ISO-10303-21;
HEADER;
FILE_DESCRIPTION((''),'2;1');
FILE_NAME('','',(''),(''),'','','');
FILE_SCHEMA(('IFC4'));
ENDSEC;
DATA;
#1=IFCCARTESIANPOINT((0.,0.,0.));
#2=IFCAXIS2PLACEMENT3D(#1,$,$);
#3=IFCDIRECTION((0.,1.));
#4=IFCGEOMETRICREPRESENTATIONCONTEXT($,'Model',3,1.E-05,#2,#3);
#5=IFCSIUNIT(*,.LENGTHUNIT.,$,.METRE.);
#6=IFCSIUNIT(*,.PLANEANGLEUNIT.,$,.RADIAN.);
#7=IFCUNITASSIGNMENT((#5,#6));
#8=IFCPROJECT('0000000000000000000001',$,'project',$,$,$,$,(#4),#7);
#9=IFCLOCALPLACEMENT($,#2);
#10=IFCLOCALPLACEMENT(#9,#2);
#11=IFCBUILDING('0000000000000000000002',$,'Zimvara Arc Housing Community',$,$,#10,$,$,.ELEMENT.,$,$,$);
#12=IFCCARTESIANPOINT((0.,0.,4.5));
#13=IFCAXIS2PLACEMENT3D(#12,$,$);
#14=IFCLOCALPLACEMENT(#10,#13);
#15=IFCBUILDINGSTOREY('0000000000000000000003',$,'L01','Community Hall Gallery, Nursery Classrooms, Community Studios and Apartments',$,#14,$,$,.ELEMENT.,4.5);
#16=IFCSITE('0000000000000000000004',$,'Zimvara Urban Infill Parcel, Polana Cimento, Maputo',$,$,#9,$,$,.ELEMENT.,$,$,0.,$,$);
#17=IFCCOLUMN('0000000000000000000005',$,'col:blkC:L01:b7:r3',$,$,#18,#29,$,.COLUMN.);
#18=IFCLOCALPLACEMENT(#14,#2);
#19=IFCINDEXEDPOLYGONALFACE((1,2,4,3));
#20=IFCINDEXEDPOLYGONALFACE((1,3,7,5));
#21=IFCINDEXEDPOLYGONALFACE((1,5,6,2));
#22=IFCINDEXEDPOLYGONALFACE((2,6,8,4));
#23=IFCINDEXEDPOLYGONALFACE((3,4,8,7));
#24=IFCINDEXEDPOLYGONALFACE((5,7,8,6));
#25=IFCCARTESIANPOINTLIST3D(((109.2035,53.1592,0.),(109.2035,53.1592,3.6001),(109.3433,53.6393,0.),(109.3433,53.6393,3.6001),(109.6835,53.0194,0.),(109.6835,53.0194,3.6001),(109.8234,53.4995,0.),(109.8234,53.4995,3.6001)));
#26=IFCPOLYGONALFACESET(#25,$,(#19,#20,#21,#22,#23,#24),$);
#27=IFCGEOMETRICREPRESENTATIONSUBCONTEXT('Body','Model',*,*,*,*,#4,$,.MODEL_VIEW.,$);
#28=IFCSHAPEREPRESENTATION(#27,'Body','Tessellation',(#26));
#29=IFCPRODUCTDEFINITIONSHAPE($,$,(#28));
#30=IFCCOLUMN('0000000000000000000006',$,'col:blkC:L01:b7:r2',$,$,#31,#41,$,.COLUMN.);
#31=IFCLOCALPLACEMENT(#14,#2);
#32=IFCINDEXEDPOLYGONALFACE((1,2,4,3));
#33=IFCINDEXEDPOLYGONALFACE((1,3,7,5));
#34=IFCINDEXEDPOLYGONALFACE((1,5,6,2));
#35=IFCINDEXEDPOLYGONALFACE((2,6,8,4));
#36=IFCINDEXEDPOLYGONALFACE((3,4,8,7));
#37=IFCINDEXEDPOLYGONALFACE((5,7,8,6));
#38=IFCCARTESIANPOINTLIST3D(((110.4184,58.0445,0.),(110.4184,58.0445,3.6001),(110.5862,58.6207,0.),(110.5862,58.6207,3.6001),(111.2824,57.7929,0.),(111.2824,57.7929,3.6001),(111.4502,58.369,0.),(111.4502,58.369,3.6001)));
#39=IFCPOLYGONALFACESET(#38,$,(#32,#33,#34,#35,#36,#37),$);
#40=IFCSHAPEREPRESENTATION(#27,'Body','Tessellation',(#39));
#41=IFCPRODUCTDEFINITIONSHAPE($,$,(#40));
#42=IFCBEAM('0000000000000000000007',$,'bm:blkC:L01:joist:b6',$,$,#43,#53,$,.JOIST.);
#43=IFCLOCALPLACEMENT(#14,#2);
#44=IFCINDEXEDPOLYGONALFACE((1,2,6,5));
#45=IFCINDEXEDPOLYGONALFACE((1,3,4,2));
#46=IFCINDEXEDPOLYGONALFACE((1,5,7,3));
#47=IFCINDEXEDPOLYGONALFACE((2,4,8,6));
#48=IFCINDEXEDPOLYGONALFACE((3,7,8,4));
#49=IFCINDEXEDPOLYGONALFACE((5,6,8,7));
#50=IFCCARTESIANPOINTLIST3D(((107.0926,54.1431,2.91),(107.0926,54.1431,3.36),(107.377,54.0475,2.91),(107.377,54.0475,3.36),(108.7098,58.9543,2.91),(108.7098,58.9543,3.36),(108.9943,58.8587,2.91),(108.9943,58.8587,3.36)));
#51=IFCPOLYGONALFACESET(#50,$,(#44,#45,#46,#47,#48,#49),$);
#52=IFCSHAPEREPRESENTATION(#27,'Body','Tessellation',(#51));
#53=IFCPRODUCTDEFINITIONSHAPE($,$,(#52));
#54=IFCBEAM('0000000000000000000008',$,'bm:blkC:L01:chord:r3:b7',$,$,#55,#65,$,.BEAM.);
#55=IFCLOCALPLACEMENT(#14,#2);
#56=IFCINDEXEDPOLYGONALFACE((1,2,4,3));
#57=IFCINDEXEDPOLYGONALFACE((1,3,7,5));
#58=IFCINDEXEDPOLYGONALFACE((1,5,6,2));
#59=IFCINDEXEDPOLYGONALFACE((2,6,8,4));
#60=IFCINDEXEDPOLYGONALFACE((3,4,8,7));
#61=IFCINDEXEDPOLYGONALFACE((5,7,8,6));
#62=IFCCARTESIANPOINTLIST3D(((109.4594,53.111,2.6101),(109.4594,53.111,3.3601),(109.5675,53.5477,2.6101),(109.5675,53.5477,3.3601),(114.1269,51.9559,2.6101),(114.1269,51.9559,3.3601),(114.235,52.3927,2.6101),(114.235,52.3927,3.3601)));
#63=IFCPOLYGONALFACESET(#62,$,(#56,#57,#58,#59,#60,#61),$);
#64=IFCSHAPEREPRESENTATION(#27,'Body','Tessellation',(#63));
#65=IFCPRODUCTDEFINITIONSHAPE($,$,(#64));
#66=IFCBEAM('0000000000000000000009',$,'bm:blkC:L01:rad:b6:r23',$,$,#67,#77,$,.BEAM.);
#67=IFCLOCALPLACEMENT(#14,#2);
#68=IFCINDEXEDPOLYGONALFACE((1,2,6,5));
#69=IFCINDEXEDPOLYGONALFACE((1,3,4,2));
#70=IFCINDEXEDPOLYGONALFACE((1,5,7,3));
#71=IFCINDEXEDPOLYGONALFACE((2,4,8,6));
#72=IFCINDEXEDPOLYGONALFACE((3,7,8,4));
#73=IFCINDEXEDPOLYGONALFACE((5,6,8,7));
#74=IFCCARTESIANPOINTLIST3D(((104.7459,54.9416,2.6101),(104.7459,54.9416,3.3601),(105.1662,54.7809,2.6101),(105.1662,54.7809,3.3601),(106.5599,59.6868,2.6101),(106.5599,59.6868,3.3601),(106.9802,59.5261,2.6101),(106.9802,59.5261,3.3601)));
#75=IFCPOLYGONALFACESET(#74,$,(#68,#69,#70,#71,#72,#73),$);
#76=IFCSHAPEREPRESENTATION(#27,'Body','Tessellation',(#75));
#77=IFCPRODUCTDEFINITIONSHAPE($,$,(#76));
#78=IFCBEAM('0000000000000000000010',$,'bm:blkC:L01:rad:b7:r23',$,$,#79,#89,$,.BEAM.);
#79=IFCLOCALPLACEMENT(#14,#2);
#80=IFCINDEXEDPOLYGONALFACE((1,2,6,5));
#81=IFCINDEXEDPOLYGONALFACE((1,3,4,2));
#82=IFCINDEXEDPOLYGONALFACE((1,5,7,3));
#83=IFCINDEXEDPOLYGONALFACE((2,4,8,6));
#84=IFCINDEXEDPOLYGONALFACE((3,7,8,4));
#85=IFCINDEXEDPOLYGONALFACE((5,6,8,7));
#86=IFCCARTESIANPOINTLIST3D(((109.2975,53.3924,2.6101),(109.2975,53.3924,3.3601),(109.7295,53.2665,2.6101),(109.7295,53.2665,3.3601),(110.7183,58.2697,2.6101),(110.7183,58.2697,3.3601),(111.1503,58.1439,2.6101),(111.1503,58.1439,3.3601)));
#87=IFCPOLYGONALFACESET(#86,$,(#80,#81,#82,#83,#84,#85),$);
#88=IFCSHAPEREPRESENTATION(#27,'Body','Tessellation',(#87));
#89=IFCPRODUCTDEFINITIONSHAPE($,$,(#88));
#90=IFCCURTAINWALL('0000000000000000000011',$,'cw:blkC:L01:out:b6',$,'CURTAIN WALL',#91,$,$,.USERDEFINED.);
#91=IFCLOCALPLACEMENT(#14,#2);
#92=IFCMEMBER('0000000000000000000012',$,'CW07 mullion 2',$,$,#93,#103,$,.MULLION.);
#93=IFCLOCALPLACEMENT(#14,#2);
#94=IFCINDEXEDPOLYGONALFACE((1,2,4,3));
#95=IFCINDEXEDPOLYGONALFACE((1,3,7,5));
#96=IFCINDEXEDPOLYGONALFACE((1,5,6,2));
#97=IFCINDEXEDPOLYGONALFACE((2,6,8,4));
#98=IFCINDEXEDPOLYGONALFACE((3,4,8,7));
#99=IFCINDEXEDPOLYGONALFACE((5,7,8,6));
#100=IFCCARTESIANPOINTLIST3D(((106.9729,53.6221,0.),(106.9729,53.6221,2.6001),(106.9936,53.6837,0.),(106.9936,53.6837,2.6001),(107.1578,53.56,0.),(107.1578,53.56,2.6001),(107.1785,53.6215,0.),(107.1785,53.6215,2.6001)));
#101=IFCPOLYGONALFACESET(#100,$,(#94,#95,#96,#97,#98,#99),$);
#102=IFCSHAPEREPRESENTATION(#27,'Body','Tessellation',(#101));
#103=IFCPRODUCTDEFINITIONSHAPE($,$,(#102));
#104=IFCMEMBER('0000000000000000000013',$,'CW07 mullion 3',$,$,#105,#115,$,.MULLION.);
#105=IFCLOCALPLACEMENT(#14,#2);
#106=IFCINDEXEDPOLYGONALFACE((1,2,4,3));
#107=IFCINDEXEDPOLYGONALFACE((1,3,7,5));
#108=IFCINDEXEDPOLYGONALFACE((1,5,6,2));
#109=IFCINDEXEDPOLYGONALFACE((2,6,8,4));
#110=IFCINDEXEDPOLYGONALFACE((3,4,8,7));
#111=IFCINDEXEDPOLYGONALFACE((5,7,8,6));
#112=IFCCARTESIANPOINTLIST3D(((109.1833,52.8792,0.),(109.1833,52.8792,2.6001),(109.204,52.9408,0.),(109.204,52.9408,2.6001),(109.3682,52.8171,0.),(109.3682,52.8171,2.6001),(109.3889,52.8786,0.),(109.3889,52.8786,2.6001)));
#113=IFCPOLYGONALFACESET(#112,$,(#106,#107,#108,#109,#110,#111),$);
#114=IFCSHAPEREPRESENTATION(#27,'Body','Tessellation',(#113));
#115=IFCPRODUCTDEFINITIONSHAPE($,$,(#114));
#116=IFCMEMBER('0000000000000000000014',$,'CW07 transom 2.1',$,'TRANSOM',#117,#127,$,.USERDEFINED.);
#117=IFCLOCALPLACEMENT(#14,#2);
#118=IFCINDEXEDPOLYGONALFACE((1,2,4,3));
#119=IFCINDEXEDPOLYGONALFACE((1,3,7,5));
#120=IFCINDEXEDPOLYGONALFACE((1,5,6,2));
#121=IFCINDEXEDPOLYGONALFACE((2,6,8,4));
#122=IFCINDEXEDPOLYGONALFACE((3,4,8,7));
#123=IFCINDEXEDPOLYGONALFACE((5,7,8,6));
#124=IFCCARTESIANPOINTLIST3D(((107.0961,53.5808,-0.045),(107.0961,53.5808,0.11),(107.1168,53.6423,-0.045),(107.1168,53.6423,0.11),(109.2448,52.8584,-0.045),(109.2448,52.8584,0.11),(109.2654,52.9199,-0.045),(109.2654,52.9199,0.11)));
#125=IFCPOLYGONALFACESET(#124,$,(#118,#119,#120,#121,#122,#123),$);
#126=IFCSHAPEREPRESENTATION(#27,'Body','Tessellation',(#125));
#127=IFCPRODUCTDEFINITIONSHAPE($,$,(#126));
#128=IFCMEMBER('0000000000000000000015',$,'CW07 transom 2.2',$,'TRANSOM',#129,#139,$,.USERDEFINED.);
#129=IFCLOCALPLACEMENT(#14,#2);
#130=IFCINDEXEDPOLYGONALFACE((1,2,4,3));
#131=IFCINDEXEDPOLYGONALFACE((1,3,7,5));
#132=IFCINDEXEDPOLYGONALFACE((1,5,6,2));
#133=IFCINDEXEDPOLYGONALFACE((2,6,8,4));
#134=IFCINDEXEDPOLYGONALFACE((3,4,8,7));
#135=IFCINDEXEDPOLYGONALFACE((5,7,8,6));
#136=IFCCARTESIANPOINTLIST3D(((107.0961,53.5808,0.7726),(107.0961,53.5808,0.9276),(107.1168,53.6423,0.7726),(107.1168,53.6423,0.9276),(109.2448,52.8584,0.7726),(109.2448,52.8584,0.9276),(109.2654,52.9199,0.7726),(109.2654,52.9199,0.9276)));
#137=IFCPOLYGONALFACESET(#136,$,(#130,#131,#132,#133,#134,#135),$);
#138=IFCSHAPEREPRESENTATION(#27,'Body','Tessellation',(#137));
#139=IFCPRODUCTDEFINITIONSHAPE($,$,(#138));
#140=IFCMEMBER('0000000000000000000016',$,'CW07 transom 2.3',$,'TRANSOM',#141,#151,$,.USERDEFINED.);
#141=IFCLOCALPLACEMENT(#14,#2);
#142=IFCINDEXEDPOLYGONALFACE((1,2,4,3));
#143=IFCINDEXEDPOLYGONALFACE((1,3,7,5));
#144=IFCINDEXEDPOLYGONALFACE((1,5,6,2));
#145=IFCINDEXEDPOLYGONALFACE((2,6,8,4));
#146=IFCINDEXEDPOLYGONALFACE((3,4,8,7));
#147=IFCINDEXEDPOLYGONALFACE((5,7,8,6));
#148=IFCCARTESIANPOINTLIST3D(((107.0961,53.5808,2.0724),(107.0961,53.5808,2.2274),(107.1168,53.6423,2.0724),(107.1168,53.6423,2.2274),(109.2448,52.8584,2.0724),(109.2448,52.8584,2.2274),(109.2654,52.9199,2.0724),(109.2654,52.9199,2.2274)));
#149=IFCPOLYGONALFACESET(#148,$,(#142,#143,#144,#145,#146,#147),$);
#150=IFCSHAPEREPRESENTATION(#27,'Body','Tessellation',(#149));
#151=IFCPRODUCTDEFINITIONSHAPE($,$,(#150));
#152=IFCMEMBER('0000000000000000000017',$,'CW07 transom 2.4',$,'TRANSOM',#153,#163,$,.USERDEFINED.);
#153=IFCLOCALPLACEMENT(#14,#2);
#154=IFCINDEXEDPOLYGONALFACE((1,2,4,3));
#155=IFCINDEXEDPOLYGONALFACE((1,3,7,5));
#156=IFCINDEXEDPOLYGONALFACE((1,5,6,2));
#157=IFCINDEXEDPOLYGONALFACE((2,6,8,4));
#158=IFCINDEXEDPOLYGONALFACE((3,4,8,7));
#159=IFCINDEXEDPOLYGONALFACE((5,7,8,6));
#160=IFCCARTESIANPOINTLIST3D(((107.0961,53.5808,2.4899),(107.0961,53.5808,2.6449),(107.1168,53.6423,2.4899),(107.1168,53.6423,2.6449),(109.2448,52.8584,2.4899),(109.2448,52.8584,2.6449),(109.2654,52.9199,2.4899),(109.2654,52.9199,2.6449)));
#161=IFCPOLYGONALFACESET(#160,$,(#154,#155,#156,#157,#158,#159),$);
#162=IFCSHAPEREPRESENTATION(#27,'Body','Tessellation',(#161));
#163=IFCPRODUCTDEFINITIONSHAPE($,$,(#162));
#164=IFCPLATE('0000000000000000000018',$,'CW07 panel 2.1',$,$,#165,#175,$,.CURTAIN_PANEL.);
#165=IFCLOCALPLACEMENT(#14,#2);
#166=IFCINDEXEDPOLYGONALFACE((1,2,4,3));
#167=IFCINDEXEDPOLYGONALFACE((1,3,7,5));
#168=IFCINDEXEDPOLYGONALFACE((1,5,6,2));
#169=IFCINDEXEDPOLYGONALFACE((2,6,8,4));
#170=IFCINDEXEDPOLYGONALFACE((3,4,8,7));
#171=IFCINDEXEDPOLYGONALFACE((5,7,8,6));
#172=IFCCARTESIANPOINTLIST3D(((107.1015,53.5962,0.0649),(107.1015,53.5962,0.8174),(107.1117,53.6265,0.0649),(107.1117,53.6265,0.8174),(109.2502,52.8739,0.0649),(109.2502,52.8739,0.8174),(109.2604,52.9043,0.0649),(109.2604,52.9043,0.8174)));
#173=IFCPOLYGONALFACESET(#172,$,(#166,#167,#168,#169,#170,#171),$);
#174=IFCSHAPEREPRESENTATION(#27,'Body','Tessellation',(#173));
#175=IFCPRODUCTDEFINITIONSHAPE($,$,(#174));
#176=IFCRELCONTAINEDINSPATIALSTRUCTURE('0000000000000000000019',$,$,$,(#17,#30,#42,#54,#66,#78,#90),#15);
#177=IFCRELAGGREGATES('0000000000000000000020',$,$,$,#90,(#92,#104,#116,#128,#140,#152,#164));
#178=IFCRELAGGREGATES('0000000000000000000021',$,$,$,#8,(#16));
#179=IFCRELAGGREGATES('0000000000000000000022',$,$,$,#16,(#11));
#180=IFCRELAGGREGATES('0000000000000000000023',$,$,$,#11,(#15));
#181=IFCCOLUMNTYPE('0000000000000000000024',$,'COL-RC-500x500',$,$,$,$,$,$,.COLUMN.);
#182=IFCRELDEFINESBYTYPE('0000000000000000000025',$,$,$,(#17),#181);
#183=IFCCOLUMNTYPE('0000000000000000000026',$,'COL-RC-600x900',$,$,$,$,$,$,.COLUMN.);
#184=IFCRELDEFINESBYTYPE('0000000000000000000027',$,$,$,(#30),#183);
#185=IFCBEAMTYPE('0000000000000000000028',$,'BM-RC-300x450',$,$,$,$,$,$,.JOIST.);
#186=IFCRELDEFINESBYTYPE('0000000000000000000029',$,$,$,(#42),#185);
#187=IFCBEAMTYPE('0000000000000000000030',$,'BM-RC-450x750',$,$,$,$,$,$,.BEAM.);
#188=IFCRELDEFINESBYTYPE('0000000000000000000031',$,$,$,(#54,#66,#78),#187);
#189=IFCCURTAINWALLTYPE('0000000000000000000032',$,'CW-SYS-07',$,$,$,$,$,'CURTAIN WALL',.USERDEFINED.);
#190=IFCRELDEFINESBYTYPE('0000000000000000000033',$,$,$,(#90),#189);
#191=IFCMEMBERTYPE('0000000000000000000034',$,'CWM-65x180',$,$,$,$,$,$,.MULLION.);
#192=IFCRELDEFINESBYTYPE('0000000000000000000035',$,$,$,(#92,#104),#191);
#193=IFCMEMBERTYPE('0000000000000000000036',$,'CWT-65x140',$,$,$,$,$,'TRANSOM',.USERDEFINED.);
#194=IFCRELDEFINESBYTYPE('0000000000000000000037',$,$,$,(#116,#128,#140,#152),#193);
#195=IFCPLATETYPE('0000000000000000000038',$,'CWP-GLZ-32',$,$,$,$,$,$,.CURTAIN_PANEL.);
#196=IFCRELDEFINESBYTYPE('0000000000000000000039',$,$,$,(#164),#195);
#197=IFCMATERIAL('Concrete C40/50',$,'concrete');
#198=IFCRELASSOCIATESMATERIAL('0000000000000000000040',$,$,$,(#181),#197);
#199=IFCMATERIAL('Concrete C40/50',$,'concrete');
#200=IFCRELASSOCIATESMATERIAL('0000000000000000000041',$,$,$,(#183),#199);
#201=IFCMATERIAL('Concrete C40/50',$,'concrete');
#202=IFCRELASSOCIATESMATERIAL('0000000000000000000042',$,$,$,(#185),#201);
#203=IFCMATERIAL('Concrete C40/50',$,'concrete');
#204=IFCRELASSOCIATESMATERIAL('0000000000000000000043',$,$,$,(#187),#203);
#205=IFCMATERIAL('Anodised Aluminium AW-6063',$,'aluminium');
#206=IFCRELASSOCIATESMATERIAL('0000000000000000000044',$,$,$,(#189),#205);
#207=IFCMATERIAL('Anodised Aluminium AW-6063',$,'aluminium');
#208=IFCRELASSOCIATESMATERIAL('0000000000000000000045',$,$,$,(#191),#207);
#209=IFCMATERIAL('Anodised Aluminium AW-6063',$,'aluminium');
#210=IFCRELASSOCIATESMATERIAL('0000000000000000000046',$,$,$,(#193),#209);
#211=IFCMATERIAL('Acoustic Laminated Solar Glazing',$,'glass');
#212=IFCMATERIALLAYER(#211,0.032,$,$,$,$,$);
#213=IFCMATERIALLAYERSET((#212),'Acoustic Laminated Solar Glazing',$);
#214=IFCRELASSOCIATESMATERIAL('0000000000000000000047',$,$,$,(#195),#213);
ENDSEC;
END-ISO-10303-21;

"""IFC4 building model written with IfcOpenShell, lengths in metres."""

from ifc_helpers import new_model, si_unit, direction, frame, origin, origin_2d, place, context, subcontext, project, spatial, rectangle, extrude, material, layer, layer_set, material_profile, profile_set, type_object, element, aggregate, save


model = new_model("IFC4")

# Units and contexts
model_context = context("Model", 3, precision=1e-05, world=origin(), true_north=direction((0.0, 1.0)))
body_context = subcontext(model_context, "Body", "Model", "MODEL_VIEW")
ifc_project = project(units=[si_unit("LENGTHUNIT", "METRE"), si_unit("PLANEANGLEUNIT", "RADIAN")], contexts=[model_context])

# Site, building, storey
site_placement = place(None, origin())
site = spatial("IfcSite", under=ifc_project, at=site_placement, Name="Zimvara Urban Infill Parcel, Polana Cimento, Maputo", CompositionType="ELEMENT", RefElevation=0.0)
building_placement = place(site_placement, origin())
building = spatial("IfcBuilding", under=site, at=building_placement, Name="Zimvara Arc Housing Community", CompositionType="ELEMENT")
storey_placement = place(building_placement, frame((0.0, 0.0, 4.5)))
storey = spatial("IfcBuildingStorey", under=building, at=storey_placement, Name="L01", Description="Community Hall Gallery, Nursery Classrooms, Community Studios and Apartments", CompositionType="ELEMENT", Elevation=4.5)

# Columns
ifc_material_1 = material(Name="Concrete C40/50", Category="concrete")
ifc_material_profile_1 = material_profile(ifc_material_1, rectangle(XDim=0.5, YDim=0.5, at=origin_2d()), Name="RC 500x500")
ifc_profile_set_1 = profile_set([ifc_material_profile_1], Name="Concrete C40/50")
column_type_1 = type_object("IfcColumnType", Name="COL-RC-500x500", PredefinedType="COLUMN", material=ifc_profile_set_1)
column_1_placement = place(storey_placement, frame((109.5134, 53.3293, 0.0), z_axis=(0.0, 0.0, 1.0), x_axis=(-0.279661, -0.960099, 0.0)))
element("IfcColumn", 1, at=column_1_placement, inside=storey, type_object=column_type_1, Name="col:blkC:L01:b7:r3", PredefinedType="COLUMN", context=body_context, shape_type="SweptSolid", body=[
    extrude(rectangle(XDim=0.5, YDim=0.5, at=origin_2d()), origin(), (0.0, 0.0, 1.0), 3.6001),
])
ifc_material_2 = material(Name="Concrete C40/50", Category="concrete")
ifc_material_profile_2 = material_profile(ifc_material_2, rectangle(XDim=0.6001, YDim=0.8999, at=origin_2d()), Name="RC 600x900")
ifc_profile_set_2 = profile_set([ifc_material_profile_2], Name="Concrete C40/50")
column_type_2 = type_object("IfcColumnType", Name="COL-RC-600x900", PredefinedType="COLUMN", material=ifc_profile_set_2)
column_2_placement = place(storey_placement, frame((110.9343, 58.2068, 0.0), z_axis=(0.0, 0.0, 1.0), x_axis=(-0.279661, -0.960099, 0.0)))
element("IfcColumn", 2, at=column_2_placement, inside=storey, type_object=column_type_2, Name="col:blkC:L01:b7:r2", PredefinedType="COLUMN", context=body_context, shape_type="SweptSolid", body=[
    extrude(rectangle(XDim=0.6001, YDim=0.8999, at=origin_2d()), origin(), (0.0, 0.0, 1.0), 3.6001),
])

# Beams
ifc_material_3 = material(Name="Concrete C40/50", Category="concrete")
ifc_material_profile_3 = material_profile(ifc_material_3, rectangle(XDim=0.3, YDim=0.45, at=origin_2d()), Name="RC 300x450")
ifc_profile_set_3 = profile_set([ifc_material_profile_3], Name="Concrete C40/50")
beam_type_1 = type_object("IfcBeamType", Name="BM-RC-300x450", PredefinedType="JOIST", material=ifc_profile_set_3)
beam_1_placement = place(storey_placement, frame((108.8521, 58.9065, 3.135), z_axis=(-0.318622, -0.947882, 0.0), x_axis=(0.947882, -0.318622, 0.0)))
element("IfcBeam", 3, at=beam_1_placement, inside=storey, type_object=beam_type_1, Name="bm:blkC:L01:joist:b6", PredefinedType="JOIST", context=body_context, shape_type="SweptSolid", body=[
    extrude(rectangle(XDim=0.3, YDim=0.45, at=origin_2d()), origin(), (0.0, 0.0, 1.0), 5.0757),
])
ifc_material_4 = material(Name="Concrete C40/50", Category="concrete")
ifc_material_profile_4 = material_profile(ifc_material_4, rectangle(XDim=0.45, YDim=0.75, at=origin_2d()), Name="RC 450x750")
ifc_profile_set_4 = profile_set([ifc_material_profile_4], Name="Concrete C40/50")
beam_type_2 = type_object("IfcBeamType", Name="BM-RC-450x750", PredefinedType="BEAM", material=ifc_profile_set_4)
beam_2_placement = place(storey_placement, frame((109.5134, 53.3293, 2.9851), z_axis=(0.970719, -0.240217, 0.0), x_axis=(0.240217, 0.970719, 0.0)))
element("IfcBeam", 4, at=beam_2_placement, inside=storey, type_object=beam_type_2, Name="bm:blkC:L01:chord:r3:b7", PredefinedType="BEAM", context=body_context, shape_type="SweptSolid", body=[
    extrude(rectangle(XDim=0.45, YDim=0.75, at=origin_2d()), origin(), (0.0, 0.0, 1.0), 4.8083),
])
for number, where, z_axis, x_axis, name in (
    (5, (106.77, 59.6064, 2.9851), (-0.357078, -0.934074, 0.0), (0.934074, -0.357078, 0.0), "bm:blkC:L01:rad:b6:r23"),
    (6, (110.9343, 58.2068, 2.9851), (-0.279694, -0.960089, 0.0), (0.960089, -0.279694, 0.0), "bm:blkC:L01:rad:b7:r23"),
):
    element("IfcBeam", number, at=place(storey_placement, frame(where, z_axis=z_axis, x_axis=x_axis)), inside=storey, type_object=beam_type_2, Name=name, PredefinedType="BEAM", context=body_context, shape_type="SweptSolid", body=[
        extrude(rectangle(XDim=0.45, YDim=0.75, at=origin_2d()), origin(), (0.0, 0.0, 1.0), 5.0801),
    ])

# Curtain wall, members, plate
ifc_material_5 = material(Name="Anodised Aluminium AW-6063", Category="aluminium")
curtain_wall_type = type_object("IfcCurtainWallType", Name="CW-SYS-07", ElementType="CURTAIN WALL", PredefinedType="USERDEFINED", material=ifc_material_5)
curtain_wall_placement = place(storey_placement, origin())
curtain_wall = element("IfcCurtainWall", 7, at=curtain_wall_placement, inside=storey, type_object=curtain_wall_type, Name="cw:blkC:L01:out:b6", ObjectType="CURTAIN WALL", PredefinedType="USERDEFINED")
ifc_material_6 = material(Name="Anodised Aluminium AW-6063", Category="aluminium")
ifc_material_profile_5 = material_profile(ifc_material_6, rectangle(XDim=0.0649, YDim=0.1951, at=origin_2d()), Name="ALU 65x195")
ifc_profile_set_5 = profile_set([ifc_material_profile_5], Name="Anodised Aluminium AW-6063")
member_type_1 = type_object("IfcMemberType", Name="CWM-65x180", PredefinedType="MULLION", material=ifc_profile_set_5)
member_1_placement = place(storey_placement, frame((107.0757, 53.6218, 0.0), z_axis=(0.0, 0.0, 1.0), x_axis=(0.318629, 0.94788, 0.0)))
member_1 = element("IfcMember", 8, at=member_1_placement, type_object=member_type_1, Name="CW07 mullion 2", PredefinedType="MULLION", context=body_context, shape_type="SweptSolid", body=[
    extrude(rectangle(XDim=0.0649, YDim=0.1951, at=origin_2d()), origin(), (0.0, 0.0, 1.0), 2.6001),
])
member_2_placement = place(storey_placement, frame((109.2861, 52.8789, 0.0), z_axis=(0.0, 0.0, 1.0), x_axis=(0.318629, 0.94788, 0.0)))
member_2 = element("IfcMember", 9, at=member_2_placement, type_object=member_type_1, Name="CW07 mullion 3", PredefinedType="MULLION", context=body_context, shape_type="SweptSolid", body=[
    extrude(rectangle(XDim=0.0649, YDim=0.1951, at=origin_2d()), origin(), (0.0, 0.0, 1.0), 2.6001),
])
ifc_material_7 = material(Name="Anodised Aluminium AW-6063", Category="aluminium")
ifc_material_profile_6 = material_profile(ifc_material_7, rectangle(XDim=0.0649, YDim=0.155, at=origin_2d()), Name="ALU 65x155")
ifc_profile_set_6 = profile_set([ifc_material_profile_6], Name="Anodised Aluminium AW-6063")
member_type_2 = type_object("IfcMemberType", Name="CWT-65x140", ElementType="TRANSOM", PredefinedType="USERDEFINED", material=ifc_profile_set_6)
member_3_placement = place(storey_placement, frame((107.1064, 53.6116, 0.0325), z_axis=(0.947862, -0.318682, 0.0), x_axis=(0.318682, 0.947862, 0.0)))
member_3 = element("IfcMember", 10, at=member_3_placement, type_object=member_type_2, Name="CW07 transom 2.1", ObjectType="TRANSOM", PredefinedType="USERDEFINED", context=body_context, shape_type="SweptSolid", body=[
    extrude(rectangle(XDim=0.0649, YDim=0.155, at=origin_2d()), origin(), (0.0, 0.0, 1.0), 2.2668),
])
member_4_placement = place(storey_placement, frame((107.1064, 53.6116, 0.8501), z_axis=(0.947862, -0.318682, 0.0), x_axis=(0.318682, 0.947862, 0.0)))
member_4 = element("IfcMember", 11, at=member_4_placement, type_object=member_type_2, Name="CW07 transom 2.2", ObjectType="TRANSOM", PredefinedType="USERDEFINED", context=body_context, shape_type="SweptSolid", body=[
    extrude(rectangle(XDim=0.0649, YDim=0.155, at=origin_2d()), origin(), (0.0, 0.0, 1.0), 2.2668),
])
member_5_placement = place(storey_placement, frame((107.1064, 53.6116, 2.1499), z_axis=(0.947862, -0.318682, 0.0), x_axis=(0.318682, 0.947862, 0.0)))
member_5 = element("IfcMember", 12, at=member_5_placement, type_object=member_type_2, Name="CW07 transom 2.3", ObjectType="TRANSOM", PredefinedType="USERDEFINED", context=body_context, shape_type="SweptSolid", body=[
    extrude(rectangle(XDim=0.0649, YDim=0.155, at=origin_2d()), origin(), (0.0, 0.0, 1.0), 2.2668),
])
member_6_placement = place(storey_placement, frame((107.1064, 53.6116, 2.5674), z_axis=(0.947862, -0.318682, 0.0), x_axis=(0.318682, 0.947862, 0.0)))
member_6 = element("IfcMember", 13, at=member_6_placement, type_object=member_type_2, Name="CW07 transom 2.4", ObjectType="TRANSOM", PredefinedType="USERDEFINED", context=body_context, shape_type="SweptSolid", body=[
    extrude(rectangle(XDim=0.0649, YDim=0.155, at=origin_2d()), origin(), (0.0, 0.0, 1.0), 2.2668),
])
ifc_material_8 = material(Name="Acoustic Laminated Solar Glazing", Category="glass")
ifc_layer_1 = layer(ifc_material_8, 0.032)
ifc_layer_set_1 = layer_set([ifc_layer_1], Name="Acoustic Laminated Solar Glazing")
plate_type = type_object("IfcPlateType", Name="CWP-GLZ-32", PredefinedType="CURTAIN_PANEL", material=ifc_layer_set_1)
plate_1_placement = place(storey_placement, frame((108.1809, 53.2502, 0.0649), z_axis=(0.0, 0.0, 1.0), x_axis=(0.94788, -0.318629, 0.0)))
plate_1 = element("IfcPlate", 14, at=plate_1_placement, type_object=plate_type, Name="CW07 panel 2.1", PredefinedType="CURTAIN_PANEL", context=body_context, shape_type="SweptSolid", body=[
    extrude(rectangle(XDim=2.2668, YDim=0.032, at=origin_2d()), origin(), (0.0, 0.0, 1.0), 0.7524),
])
aggregate(curtain_wall, [member_1, member_2, member_3, member_4, member_5, member_6, plate_1])

save(model, "model.ifc")
